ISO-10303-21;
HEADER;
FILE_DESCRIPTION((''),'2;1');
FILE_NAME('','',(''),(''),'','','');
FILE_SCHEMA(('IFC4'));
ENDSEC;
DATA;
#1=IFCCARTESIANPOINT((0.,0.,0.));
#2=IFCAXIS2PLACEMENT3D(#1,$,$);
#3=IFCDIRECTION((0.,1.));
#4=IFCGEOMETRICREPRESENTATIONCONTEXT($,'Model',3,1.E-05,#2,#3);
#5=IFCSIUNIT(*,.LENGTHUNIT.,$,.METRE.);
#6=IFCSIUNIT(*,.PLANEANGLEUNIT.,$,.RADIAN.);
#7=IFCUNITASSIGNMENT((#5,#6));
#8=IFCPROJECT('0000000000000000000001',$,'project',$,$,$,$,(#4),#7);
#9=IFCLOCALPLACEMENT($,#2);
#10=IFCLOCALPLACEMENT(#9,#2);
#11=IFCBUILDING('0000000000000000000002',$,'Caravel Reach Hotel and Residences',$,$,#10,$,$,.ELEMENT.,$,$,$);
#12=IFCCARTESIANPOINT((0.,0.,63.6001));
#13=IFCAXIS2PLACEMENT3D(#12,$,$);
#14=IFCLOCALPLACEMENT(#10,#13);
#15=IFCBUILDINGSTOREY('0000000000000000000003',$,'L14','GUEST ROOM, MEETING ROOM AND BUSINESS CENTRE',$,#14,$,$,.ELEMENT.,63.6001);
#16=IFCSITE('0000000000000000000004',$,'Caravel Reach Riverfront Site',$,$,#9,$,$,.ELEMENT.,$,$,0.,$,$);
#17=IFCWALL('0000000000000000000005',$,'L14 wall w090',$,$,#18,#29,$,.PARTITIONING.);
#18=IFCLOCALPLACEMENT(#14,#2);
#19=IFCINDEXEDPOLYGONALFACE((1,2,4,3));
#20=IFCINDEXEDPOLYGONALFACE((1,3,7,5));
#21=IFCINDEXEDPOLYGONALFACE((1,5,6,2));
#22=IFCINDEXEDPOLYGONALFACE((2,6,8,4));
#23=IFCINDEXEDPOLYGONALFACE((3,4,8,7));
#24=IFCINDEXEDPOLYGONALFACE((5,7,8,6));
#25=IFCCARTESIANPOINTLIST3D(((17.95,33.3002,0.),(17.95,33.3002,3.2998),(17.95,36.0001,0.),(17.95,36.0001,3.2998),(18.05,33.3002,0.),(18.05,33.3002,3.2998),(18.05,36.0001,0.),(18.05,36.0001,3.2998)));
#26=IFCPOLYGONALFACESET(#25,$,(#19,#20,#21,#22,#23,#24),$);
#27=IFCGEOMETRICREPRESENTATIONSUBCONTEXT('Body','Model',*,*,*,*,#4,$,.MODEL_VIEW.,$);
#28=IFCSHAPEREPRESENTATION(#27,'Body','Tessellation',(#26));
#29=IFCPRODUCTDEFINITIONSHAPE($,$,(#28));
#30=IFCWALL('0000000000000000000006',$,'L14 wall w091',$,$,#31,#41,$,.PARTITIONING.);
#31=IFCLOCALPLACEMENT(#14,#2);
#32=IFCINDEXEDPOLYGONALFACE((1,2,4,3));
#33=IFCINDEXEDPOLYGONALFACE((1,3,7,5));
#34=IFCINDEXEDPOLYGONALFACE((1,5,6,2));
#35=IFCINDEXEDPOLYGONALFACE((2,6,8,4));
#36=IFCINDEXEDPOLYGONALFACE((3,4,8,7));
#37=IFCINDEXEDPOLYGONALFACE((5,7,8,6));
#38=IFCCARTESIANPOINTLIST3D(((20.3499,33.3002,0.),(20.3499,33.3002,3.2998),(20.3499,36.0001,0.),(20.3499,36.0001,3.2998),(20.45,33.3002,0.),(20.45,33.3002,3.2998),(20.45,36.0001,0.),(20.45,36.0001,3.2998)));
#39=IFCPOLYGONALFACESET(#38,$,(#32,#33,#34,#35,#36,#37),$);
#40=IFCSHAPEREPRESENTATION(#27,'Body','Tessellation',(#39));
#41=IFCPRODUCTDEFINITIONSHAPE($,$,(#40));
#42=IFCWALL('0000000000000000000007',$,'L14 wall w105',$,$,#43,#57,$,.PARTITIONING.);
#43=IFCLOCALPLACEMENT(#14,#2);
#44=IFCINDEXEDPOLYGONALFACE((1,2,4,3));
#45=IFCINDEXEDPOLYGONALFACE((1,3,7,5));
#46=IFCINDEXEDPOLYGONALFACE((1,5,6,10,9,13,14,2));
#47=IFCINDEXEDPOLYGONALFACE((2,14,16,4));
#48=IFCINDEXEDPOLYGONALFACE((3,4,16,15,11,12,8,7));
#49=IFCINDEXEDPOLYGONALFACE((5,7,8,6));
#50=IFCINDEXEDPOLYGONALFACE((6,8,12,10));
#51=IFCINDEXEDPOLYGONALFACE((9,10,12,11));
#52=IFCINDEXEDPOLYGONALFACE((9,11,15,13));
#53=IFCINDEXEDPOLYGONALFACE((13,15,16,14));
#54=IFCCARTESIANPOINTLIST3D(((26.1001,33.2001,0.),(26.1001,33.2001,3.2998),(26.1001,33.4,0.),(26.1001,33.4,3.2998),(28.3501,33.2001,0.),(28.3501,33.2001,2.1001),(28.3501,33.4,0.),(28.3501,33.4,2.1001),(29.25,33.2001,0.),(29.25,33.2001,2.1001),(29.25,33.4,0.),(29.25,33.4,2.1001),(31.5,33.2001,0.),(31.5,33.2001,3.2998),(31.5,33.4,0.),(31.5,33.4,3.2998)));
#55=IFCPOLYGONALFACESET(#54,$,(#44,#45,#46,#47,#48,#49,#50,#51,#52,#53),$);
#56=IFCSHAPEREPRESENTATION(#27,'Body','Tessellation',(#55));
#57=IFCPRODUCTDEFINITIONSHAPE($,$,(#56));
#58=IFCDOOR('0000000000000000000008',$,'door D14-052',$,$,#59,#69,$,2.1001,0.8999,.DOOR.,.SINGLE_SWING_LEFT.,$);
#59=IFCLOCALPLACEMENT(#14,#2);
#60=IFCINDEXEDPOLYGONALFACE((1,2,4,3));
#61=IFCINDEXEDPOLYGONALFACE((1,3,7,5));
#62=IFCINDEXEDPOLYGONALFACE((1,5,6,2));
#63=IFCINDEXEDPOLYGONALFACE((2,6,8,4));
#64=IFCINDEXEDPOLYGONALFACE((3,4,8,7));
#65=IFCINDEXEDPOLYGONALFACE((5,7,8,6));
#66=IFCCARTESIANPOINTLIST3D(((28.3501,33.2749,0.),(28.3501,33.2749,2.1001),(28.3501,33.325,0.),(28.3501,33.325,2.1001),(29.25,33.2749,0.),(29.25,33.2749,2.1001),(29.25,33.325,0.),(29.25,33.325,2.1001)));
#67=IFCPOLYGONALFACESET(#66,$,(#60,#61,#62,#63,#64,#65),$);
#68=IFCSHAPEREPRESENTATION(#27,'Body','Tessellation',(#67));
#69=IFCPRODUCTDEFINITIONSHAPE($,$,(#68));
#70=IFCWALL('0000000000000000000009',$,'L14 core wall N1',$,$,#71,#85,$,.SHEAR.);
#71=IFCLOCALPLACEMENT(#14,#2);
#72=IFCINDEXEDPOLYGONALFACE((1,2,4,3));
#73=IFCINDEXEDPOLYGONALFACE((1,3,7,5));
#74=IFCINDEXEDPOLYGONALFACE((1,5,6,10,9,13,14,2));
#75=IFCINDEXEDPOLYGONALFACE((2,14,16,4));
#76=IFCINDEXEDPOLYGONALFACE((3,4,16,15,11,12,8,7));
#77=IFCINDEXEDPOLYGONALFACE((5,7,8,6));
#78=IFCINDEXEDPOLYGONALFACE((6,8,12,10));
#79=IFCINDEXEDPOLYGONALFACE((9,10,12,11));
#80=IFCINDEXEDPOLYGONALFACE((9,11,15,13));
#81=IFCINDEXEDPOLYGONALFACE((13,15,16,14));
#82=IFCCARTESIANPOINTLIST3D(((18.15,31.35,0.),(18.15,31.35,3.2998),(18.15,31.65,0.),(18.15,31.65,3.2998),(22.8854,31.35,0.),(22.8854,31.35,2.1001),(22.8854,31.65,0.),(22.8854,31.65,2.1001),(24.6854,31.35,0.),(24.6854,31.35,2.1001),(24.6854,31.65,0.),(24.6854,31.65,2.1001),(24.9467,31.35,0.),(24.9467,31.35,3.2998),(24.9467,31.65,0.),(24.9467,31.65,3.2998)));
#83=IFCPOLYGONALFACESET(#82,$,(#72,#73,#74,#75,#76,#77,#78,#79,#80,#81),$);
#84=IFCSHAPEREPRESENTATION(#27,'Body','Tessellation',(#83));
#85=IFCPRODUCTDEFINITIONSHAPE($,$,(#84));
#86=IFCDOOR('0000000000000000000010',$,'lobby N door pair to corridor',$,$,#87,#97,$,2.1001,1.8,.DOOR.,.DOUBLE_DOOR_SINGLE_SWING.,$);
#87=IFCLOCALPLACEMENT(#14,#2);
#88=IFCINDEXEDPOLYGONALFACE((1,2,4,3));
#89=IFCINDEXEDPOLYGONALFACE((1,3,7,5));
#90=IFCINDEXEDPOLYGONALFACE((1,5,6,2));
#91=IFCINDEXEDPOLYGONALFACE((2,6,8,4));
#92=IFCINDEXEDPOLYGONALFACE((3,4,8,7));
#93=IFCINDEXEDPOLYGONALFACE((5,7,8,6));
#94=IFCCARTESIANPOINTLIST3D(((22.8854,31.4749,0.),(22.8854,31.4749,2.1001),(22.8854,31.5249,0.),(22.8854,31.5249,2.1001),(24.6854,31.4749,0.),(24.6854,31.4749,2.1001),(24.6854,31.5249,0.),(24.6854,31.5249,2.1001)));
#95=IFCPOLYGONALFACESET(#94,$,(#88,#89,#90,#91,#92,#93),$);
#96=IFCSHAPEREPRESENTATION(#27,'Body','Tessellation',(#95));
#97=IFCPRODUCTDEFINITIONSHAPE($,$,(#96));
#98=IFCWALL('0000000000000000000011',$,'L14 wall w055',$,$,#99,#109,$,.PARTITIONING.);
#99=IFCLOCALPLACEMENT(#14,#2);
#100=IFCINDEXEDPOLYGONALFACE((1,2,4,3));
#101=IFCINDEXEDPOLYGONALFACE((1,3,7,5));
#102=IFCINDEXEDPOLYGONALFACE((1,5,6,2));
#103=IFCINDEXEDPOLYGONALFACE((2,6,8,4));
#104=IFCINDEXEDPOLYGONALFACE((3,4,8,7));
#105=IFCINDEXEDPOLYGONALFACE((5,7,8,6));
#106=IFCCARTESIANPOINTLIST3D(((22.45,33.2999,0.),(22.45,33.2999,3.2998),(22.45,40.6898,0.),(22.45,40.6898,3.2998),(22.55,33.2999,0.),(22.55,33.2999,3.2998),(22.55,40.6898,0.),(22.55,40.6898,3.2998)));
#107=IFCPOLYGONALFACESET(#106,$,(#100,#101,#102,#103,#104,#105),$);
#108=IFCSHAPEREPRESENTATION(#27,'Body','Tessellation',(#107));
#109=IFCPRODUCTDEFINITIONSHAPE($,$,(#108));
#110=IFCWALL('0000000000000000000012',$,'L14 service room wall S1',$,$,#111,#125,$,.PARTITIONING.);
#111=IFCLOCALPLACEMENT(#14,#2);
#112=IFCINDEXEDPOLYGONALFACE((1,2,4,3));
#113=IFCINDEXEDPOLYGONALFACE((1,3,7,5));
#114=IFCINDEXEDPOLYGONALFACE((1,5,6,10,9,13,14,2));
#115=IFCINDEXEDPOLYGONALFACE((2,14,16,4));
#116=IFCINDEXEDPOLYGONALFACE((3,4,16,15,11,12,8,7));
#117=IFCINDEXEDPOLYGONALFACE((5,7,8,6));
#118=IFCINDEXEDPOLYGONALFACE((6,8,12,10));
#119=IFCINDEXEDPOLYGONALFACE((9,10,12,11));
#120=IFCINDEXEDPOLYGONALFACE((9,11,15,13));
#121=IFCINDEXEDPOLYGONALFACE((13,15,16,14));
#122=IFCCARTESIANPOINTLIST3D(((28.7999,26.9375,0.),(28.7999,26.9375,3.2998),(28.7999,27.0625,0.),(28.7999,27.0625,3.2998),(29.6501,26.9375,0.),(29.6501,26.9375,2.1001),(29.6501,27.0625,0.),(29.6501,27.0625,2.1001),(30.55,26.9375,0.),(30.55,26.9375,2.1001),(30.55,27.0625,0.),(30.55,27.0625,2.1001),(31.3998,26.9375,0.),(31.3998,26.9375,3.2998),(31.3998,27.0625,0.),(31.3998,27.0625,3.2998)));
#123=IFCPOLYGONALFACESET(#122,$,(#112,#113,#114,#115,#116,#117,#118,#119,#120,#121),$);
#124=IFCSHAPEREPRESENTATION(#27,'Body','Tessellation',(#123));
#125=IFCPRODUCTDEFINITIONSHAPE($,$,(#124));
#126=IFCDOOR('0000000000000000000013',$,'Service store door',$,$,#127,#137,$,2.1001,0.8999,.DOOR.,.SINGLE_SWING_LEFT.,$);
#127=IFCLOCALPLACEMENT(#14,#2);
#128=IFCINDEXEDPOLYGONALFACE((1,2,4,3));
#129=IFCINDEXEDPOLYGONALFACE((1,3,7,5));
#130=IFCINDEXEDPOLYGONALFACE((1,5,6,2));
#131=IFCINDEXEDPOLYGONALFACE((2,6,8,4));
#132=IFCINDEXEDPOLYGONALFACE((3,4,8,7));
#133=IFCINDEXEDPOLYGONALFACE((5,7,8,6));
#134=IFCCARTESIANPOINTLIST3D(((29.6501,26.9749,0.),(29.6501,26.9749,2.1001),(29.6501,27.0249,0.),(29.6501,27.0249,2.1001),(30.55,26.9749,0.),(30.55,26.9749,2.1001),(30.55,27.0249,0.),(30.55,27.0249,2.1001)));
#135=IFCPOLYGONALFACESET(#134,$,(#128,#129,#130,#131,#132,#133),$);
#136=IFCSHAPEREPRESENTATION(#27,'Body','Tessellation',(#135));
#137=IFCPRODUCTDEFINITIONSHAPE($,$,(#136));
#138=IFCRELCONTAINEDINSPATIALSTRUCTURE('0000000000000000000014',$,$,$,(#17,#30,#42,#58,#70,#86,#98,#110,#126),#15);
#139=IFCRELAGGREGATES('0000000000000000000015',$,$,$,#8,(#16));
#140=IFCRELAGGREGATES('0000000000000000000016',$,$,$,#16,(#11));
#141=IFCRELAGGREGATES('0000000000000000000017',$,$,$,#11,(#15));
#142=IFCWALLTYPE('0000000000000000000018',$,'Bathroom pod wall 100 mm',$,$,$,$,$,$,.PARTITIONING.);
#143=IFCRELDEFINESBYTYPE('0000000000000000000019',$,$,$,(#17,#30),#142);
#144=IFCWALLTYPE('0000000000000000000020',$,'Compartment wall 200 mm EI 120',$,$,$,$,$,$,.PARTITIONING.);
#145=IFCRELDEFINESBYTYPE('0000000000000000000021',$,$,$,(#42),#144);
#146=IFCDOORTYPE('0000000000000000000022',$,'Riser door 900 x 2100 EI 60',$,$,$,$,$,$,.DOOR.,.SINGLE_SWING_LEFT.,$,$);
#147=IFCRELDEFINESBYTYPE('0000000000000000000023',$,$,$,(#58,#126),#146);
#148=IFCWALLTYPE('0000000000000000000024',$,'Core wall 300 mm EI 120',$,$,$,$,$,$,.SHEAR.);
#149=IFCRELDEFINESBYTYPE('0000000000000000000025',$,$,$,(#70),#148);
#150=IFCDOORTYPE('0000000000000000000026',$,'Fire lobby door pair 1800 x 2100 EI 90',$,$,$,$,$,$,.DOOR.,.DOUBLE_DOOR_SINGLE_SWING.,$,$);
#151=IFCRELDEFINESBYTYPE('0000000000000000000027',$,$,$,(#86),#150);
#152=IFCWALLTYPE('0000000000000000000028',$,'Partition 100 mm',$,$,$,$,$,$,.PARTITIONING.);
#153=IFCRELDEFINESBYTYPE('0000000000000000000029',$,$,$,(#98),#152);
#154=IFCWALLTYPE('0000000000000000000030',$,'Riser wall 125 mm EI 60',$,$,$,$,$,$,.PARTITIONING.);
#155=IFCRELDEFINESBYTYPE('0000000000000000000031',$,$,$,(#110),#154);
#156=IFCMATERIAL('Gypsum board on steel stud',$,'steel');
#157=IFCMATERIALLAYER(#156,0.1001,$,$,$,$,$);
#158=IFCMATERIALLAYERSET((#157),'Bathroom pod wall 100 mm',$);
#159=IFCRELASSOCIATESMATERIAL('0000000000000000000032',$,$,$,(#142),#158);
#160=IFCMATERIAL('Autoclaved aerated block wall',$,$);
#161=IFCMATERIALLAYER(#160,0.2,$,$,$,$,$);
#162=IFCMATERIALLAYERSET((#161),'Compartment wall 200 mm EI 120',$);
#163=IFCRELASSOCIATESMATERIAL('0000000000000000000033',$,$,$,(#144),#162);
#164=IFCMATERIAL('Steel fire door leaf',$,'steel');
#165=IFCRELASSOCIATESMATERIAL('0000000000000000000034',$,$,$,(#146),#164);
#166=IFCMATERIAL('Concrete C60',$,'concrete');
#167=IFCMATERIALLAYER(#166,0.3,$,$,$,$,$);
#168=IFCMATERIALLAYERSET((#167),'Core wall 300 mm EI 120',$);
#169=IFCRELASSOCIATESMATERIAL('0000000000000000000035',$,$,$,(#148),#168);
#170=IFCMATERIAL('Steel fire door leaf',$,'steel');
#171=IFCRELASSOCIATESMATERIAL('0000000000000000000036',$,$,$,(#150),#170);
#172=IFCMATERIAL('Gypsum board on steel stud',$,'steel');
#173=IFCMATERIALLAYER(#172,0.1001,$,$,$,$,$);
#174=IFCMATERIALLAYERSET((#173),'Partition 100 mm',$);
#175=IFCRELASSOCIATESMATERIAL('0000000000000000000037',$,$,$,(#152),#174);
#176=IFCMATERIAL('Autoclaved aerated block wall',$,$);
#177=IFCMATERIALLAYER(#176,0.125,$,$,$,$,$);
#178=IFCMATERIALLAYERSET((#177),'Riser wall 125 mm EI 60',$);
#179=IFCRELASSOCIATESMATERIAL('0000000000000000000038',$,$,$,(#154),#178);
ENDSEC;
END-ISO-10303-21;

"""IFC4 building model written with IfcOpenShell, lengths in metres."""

from ifc_helpers import new_model, si_unit, direction, frame, frame_2d, origin, place, context, subcontext, project, spatial, rectangle, extrude, material, layer, layer_set, type_object, element, fill, save


model = new_model("IFC4")

# Units and contexts
model_context = context("Model", 3, precision=1e-05, world=origin(), true_north=direction((0.0, 1.0)))
body_context = subcontext(model_context, "Body", "Model", "MODEL_VIEW")
ifc_project = project(units=[si_unit("LENGTHUNIT", "METRE"), si_unit("PLANEANGLEUNIT", "RADIAN")], contexts=[model_context])

# Site, building, storey
site_placement = place(None, origin())
site = spatial("IfcSite", under=ifc_project, at=site_placement, Name="Caravel Reach Riverfront Site", CompositionType="ELEMENT", RefElevation=0.0)
building_placement = place(site_placement, origin())
building = spatial("IfcBuilding", under=site, at=building_placement, Name="Caravel Reach Hotel and Residences", CompositionType="ELEMENT")
storey_placement = place(building_placement, frame((0.0, 0.0, 63.6001)))
storey = spatial("IfcBuildingStorey", under=building, at=storey_placement, Name="L14", Description="GUEST ROOM, MEETING ROOM AND BUSINESS CENTRE", CompositionType="ELEMENT", Elevation=63.6001)

# Walls
ifc_material_1 = material(Name="Gypsum board on steel stud", Category="steel")
ifc_layer_1 = layer(ifc_material_1, 0.1001)
ifc_layer_set_1 = layer_set([ifc_layer_1], Name="Bathroom pod wall 100 mm")
wall_type_1 = type_object("IfcWallType", Name="Bathroom pod wall 100 mm", PredefinedType="PARTITIONING", material=ifc_layer_set_1)
for number, where, z_axis, x_axis, name in (
    (1, (18.0, 33.3, 0.0), (0.0, 0.0, 1.0), (0.0, 1.0, 0.0), "L14 wall w090"),
    (2, (20.3999, 33.3, 0.0), (0.0, 0.0, 1.0), (0.0, 1.0, 0.0), "L14 wall w091"),
):
    element("IfcWall", number, at=place(storey_placement, frame(where, z_axis=z_axis, x_axis=x_axis)), inside=storey, type_object=wall_type_1, Name=name, PredefinedType="PARTITIONING", context=body_context, shape_type="SweptSolid", body=[
        extrude(rectangle(XDim=2.7, YDim=0.1001, at=frame_2d((1.3501, 0.0))), origin(), (0.0, 0.0, 1.0), 3.2998),
    ])

# Walls, openings, doors
ifc_material_2 = material(Name="Autoclaved aerated block wall")
ifc_layer_2 = layer(ifc_material_2, 0.2)
ifc_layer_set_2 = layer_set([ifc_layer_2], Name="Compartment wall 200 mm EI 120")
wall_type_2 = type_object("IfcWallType", Name="Compartment wall 200 mm EI 120", PredefinedType="PARTITIONING", material=ifc_layer_set_2)
wall_1_placement = place(storey_placement, frame((26.1001, 33.3, 0.0), z_axis=(0.0, 0.0, 1.0), x_axis=(1.0, 0.0, 0.0)))
wall_1 = element("IfcWall", 3, at=wall_1_placement, inside=storey, type_object=wall_type_2, Name="L14 wall w105", PredefinedType="PARTITIONING", context=body_context, shape_type="SweptSolid", body=[
    extrude(rectangle(XDim=5.3999, YDim=0.2, at=frame_2d((2.7, 0.0))), origin(), (0.0, 0.0, 1.0), 3.2998),
])
opening_1_placement = place(wall_1_placement, frame((2.25, 0.0, 0.0)))
opening_1 = element("IfcOpeningElement", 4, at=opening_1_placement, cuts=wall_1, PredefinedType="OPENING", context=body_context, shape_type="SweptSolid", body=[
    extrude(rectangle(XDim=0.8999, YDim=2.1001, at=frame_2d((0.45, 1.05))), frame((0.0, 0.1099, 0.0), z_axis=(0.0, -1.0, 0.0), x_axis=(1.0, 0.0, 0.0)), (0.0, 0.0, 1.0), 0.22),
])
ifc_material_3 = material(Name="Steel fire door leaf", Category="steel")
door_type_1 = type_object("IfcDoorType", Name="Riser door 900 x 2100 EI 60", OperationType="SINGLE_SWING_LEFT", PredefinedType="DOOR", material=ifc_material_3)
door_1_placement = place(opening_1_placement, origin())
door_1 = element("IfcDoor", 5, at=door_1_placement, inside=storey, type_object=door_type_1, Name="door D14-052", OperationType="SINGLE_SWING_LEFT", OverallHeight=2.1001, OverallWidth=0.8999, PredefinedType="DOOR", context=body_context, shape_type="SweptSolid", body=[
    extrude(rectangle(XDim=0.8999, YDim=2.1001, at=frame_2d((0.45, 1.05))), frame((0.0, 0.0249, 0.0), z_axis=(0.0, -1.0, 0.0), x_axis=(1.0, 0.0, 0.0)), (0.0, 0.0, 1.0), 0.05),
])
fill(opening_1, door_1)
ifc_material_4 = material(Name="Concrete C60", Category="concrete")
ifc_layer_3 = layer(ifc_material_4, 0.3)
ifc_layer_set_3 = layer_set([ifc_layer_3], Name="Core wall 300 mm EI 120")
wall_type_3 = type_object("IfcWallType", Name="Core wall 300 mm EI 120", PredefinedType="SHEAR", material=ifc_layer_set_3)
wall_2_placement = place(storey_placement, frame((18.1499, 31.5, 0.0), z_axis=(0.0, 0.0, 1.0), x_axis=(1.0, 0.0, 0.0)))
wall_2 = element("IfcWall", 6, at=wall_2_placement, inside=storey, type_object=wall_type_3, Name="L14 core wall N1", PredefinedType="SHEAR", context=body_context, shape_type="SweptSolid", body=[
    extrude(rectangle(XDim=6.7966, YDim=0.3, at=frame_2d((3.3984, 0.0))), origin(), (0.0, 0.0, 1.0), 3.2998),
])
opening_2_placement = place(wall_2_placement, frame((4.7356, 0.0, 0.0)))
opening_2 = element("IfcOpeningElement", 7, at=opening_2_placement, cuts=wall_2, PredefinedType="OPENING", context=body_context, shape_type="SweptSolid", body=[
    extrude(rectangle(XDim=1.8, YDim=2.1001, at=frame_2d((0.8999, 1.05))), frame((0.0, 0.1599, 0.0), z_axis=(0.0, -1.0, 0.0), x_axis=(1.0, 0.0, 0.0)), (0.0, 0.0, 1.0), 0.3201),
])
ifc_material_5 = material(Name="Steel fire door leaf", Category="steel")
door_type_2 = type_object("IfcDoorType", Name="Fire lobby door pair 1800 x 2100 EI 90", OperationType="DOUBLE_DOOR_SINGLE_SWING", PredefinedType="DOOR", material=ifc_material_5)
door_2_placement = place(opening_2_placement, origin())
door_2 = element("IfcDoor", 8, at=door_2_placement, inside=storey, type_object=door_type_2, Name="lobby N door pair to corridor", OperationType="DOUBLE_DOOR_SINGLE_SWING", OverallHeight=2.1001, OverallWidth=1.8, PredefinedType="DOOR", context=body_context, shape_type="SweptSolid", body=[
    extrude(rectangle(XDim=1.8, YDim=2.1001, at=frame_2d((0.8999, 1.05))), frame((0.0, 0.0249, 0.0), z_axis=(0.0, -1.0, 0.0), x_axis=(1.0, 0.0, 0.0)), (0.0, 0.0, 1.0), 0.05),
])
fill(opening_2, door_2)

# Wall
ifc_material_6 = material(Name="Gypsum board on steel stud", Category="steel")
ifc_layer_4 = layer(ifc_material_6, 0.1001)
ifc_layer_set_4 = layer_set([ifc_layer_4], Name="Partition 100 mm")
wall_type_4 = type_object("IfcWallType", Name="Partition 100 mm", PredefinedType="PARTITIONING", material=ifc_layer_set_4)
wall_3_placement = place(storey_placement, frame((22.5, 33.3, 0.0), z_axis=(0.0, 0.0, 1.0), x_axis=(0.0, 1.0, 0.0)))
element("IfcWall", 9, at=wall_3_placement, inside=storey, type_object=wall_type_4, Name="L14 wall w055", PredefinedType="PARTITIONING", context=body_context, shape_type="SweptSolid", body=[
    extrude(rectangle(XDim=7.3899, YDim=0.1001, at=frame_2d((3.6948, 0.0))), origin(), (0.0, 0.0, 1.0), 3.2998),
])

# Wall, opening, door
ifc_material_7 = material(Name="Autoclaved aerated block wall")
ifc_layer_5 = layer(ifc_material_7, 0.125)
ifc_layer_set_5 = layer_set([ifc_layer_5], Name="Riser wall 125 mm EI 60")
wall_type_5 = type_object("IfcWallType", Name="Riser wall 125 mm EI 60", PredefinedType="PARTITIONING", material=ifc_layer_set_5)
wall_4_placement = place(storey_placement, frame((28.8, 27.0, 0.0), z_axis=(0.0, 0.0, 1.0), x_axis=(1.0, 0.0, 0.0)))
wall_4 = element("IfcWall", 10, at=wall_4_placement, inside=storey, type_object=wall_type_5, Name="L14 service room wall S1", PredefinedType="PARTITIONING", context=body_context, shape_type="SweptSolid", body=[
    extrude(rectangle(XDim=2.5999, YDim=0.125, at=frame_2d((1.2998, 0.0))), origin(), (0.0, 0.0, 1.0), 3.2998),
])
opening_3_placement = place(wall_4_placement, frame((0.8501, 0.0, 0.0)))
opening_3 = element("IfcOpeningElement", 11, at=opening_3_placement, cuts=wall_4, PredefinedType="OPENING", context=body_context, shape_type="SweptSolid", body=[
    extrude(rectangle(XDim=0.8999, YDim=2.1001, at=frame_2d((0.45, 1.05))), frame((0.0, 0.0725, 0.0), z_axis=(0.0, -1.0, 0.0), x_axis=(1.0, 0.0, 0.0)), (0.0, 0.0, 1.0), 0.145),
])
door_3_placement = place(opening_3_placement, origin())
door_3 = element("IfcDoor", 12, at=door_3_placement, inside=storey, type_object=door_type_1, Name="Service store door", OperationType="SINGLE_SWING_LEFT", OverallHeight=2.1001, OverallWidth=0.8999, PredefinedType="DOOR", context=body_context, shape_type="SweptSolid", body=[
    extrude(rectangle(XDim=0.8999, YDim=2.1001, at=frame_2d((0.45, 1.05))), frame((0.0, 0.0249, 0.0), z_axis=(0.0, -1.0, 0.0), x_axis=(1.0, 0.0, 0.0)), (0.0, 0.0, 1.0), 0.05),
])
fill(opening_3, door_3)

save(model, "model.ifc")
